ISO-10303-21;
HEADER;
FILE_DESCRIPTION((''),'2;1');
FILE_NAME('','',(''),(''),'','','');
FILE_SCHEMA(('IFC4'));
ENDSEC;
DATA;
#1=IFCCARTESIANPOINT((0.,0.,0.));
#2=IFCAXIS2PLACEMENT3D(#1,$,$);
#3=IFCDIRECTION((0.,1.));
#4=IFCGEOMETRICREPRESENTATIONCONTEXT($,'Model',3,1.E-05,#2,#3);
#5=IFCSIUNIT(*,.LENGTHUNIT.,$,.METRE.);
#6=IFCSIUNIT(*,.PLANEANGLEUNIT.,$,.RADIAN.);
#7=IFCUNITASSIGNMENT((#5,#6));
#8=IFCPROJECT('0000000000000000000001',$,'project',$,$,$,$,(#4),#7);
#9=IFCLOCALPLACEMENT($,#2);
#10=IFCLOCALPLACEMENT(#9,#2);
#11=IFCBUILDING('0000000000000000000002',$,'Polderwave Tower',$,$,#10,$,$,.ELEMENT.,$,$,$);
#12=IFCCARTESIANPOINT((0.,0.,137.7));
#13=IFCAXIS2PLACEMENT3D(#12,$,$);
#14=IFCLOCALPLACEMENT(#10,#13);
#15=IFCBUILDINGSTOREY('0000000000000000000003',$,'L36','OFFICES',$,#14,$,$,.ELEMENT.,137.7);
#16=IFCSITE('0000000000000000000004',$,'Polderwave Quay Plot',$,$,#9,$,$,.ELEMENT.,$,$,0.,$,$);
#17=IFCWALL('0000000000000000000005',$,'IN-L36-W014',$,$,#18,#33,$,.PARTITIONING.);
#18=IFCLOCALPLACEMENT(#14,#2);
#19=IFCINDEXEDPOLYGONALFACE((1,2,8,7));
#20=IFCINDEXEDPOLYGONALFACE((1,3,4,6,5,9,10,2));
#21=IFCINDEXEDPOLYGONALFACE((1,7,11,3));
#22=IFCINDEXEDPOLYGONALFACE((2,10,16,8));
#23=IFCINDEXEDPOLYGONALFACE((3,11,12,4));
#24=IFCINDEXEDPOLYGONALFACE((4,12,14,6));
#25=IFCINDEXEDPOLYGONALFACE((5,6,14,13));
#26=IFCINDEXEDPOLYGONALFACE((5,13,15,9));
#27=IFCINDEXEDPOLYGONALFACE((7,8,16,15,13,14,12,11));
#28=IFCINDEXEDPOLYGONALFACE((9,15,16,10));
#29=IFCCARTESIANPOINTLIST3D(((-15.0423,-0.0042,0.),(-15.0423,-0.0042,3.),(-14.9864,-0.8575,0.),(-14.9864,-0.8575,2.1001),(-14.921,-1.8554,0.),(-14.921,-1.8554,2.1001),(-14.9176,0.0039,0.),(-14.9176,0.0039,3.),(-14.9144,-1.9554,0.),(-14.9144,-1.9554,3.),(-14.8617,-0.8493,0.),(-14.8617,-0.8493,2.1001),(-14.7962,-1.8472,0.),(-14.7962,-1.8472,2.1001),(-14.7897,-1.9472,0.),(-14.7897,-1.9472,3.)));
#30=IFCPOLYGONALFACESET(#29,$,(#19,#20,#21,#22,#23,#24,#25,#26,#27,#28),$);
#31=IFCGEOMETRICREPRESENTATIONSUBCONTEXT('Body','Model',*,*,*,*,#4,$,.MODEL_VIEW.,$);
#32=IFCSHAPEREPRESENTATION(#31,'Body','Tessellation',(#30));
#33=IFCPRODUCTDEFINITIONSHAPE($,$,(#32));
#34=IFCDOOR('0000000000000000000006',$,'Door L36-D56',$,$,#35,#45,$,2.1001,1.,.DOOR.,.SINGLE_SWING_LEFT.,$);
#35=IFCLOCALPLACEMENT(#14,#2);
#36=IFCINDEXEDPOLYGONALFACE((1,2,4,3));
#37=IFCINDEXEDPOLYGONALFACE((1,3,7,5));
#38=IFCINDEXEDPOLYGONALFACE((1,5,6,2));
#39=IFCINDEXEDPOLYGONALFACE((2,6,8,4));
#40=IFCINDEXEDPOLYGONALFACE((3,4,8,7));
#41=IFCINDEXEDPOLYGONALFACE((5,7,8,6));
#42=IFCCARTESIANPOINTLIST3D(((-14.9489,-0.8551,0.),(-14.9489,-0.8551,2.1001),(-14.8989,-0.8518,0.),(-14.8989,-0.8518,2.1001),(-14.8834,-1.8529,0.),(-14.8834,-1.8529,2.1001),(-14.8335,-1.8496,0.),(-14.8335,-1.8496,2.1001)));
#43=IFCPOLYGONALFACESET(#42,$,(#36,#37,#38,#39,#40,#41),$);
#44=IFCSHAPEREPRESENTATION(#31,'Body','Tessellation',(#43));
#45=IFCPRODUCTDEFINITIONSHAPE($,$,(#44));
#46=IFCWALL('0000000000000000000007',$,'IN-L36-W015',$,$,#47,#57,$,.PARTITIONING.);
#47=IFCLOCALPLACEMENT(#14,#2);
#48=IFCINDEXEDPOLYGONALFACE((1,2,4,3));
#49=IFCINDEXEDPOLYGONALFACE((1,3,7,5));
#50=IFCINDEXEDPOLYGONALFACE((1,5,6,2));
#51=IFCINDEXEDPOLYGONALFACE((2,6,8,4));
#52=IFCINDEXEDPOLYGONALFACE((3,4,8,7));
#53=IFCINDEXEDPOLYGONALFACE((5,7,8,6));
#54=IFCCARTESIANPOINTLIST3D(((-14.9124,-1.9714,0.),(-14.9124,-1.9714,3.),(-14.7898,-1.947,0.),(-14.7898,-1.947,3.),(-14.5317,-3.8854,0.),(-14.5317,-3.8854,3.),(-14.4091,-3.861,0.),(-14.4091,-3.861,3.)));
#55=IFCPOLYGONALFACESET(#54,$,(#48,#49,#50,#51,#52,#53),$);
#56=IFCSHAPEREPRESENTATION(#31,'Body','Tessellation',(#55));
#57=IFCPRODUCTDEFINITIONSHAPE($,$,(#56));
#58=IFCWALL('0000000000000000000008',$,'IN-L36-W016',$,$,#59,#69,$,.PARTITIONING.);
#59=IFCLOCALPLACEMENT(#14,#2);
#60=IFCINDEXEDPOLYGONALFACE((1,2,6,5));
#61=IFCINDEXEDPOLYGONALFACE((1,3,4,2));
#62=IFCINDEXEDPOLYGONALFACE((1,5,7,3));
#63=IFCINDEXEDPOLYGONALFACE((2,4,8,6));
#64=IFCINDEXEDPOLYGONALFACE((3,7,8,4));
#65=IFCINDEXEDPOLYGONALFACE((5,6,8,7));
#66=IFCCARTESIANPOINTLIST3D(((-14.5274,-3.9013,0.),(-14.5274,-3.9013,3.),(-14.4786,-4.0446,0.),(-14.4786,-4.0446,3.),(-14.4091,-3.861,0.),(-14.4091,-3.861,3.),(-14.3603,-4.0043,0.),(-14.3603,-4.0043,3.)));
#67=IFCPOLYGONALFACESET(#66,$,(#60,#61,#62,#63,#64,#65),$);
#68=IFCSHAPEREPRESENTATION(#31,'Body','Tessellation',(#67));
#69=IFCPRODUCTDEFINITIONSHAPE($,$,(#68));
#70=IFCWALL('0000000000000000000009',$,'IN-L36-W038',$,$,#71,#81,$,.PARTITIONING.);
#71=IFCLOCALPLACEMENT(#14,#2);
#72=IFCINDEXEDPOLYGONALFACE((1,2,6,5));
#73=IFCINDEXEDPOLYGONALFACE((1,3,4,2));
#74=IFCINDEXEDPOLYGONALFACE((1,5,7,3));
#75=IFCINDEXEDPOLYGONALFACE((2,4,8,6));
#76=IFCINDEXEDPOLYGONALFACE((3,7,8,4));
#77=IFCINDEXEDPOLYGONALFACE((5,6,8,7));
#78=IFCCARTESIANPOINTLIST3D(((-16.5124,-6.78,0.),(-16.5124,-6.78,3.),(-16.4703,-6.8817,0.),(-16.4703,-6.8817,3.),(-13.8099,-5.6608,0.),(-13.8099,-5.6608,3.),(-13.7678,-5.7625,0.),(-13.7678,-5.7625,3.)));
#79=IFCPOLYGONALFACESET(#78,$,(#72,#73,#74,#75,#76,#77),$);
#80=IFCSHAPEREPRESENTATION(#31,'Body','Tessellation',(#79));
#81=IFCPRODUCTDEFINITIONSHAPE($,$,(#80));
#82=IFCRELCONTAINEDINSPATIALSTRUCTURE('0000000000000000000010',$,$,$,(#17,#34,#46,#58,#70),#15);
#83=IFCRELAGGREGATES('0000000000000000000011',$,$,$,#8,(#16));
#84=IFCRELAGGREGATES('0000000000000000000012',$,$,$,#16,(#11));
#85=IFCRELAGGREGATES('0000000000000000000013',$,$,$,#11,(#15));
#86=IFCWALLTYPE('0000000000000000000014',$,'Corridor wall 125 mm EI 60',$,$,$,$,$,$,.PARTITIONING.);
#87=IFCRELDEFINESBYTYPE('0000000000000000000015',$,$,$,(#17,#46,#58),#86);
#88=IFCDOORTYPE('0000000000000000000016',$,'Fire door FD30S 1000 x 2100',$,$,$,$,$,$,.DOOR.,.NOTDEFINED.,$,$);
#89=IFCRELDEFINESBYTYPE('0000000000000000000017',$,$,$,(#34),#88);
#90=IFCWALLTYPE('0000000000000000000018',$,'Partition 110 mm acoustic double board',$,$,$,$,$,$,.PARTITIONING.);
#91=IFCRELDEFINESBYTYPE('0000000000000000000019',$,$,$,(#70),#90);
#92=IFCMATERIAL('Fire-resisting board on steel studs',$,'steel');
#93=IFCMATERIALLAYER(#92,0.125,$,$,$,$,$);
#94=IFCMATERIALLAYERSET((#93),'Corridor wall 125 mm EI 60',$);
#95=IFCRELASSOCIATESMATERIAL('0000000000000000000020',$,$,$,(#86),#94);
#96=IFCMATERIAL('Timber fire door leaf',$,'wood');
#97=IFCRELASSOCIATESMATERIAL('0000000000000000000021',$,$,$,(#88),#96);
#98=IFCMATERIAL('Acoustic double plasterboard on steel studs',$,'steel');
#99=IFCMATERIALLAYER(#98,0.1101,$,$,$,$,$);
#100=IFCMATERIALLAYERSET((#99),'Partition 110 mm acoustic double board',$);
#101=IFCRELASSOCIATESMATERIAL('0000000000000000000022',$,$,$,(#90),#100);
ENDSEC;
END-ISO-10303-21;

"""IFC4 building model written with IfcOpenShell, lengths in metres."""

from ifc_helpers import new_model, si_unit, direction, frame, frame_2d, origin, place, context, subcontext, project, spatial, rectangle, extrude, material, layer, layer_set, type_object, element, fill, save


model = new_model("IFC4")

# Units and contexts
model_context = context("Model", 3, precision=1e-05, world=origin(), true_north=direction((0.0, 1.0)))
body_context = subcontext(model_context, "Body", "Model", "MODEL_VIEW")
ifc_project = project(units=[si_unit("LENGTHUNIT", "METRE"), si_unit("PLANEANGLEUNIT", "RADIAN")], contexts=[model_context])

# Site, building, storey
site_placement = place(None, origin())
site = spatial("IfcSite", under=ifc_project, at=site_placement, Name="Polderwave Quay Plot", CompositionType="ELEMENT", RefElevation=0.0)
building_placement = place(site_placement, origin())
building = spatial("IfcBuilding", under=site, at=building_placement, Name="Polderwave Tower", CompositionType="ELEMENT")
storey_placement = place(building_placement, frame((0.0, 0.0, 137.7)))
storey = spatial("IfcBuildingStorey", under=building, at=storey_placement, Name="L36", Description="OFFICES", CompositionType="ELEMENT", Elevation=137.7)

# Wall, opening, door
ifc_material_1 = material(Name="Fire-resisting board on steel studs", Category="steel")
ifc_layer_1 = layer(ifc_material_1, 0.125)
ifc_layer_set_1 = layer_set([ifc_layer_1], Name="Corridor wall 125 mm EI 60")
wall_type_1 = type_object("IfcWallType", Name="Corridor wall 125 mm EI 60", PredefinedType="PARTITIONING", material=ifc_layer_set_1)
wall_1_placement = place(storey_placement, frame((-14.8521, -1.9512, 0.0), z_axis=(0.0, 0.0, 1.0), x_axis=(-0.065425, 0.997857, 0.0)))
wall_1 = element("IfcWall", 1, at=wall_1_placement, inside=storey, type_object=wall_type_1, Name="IN-L36-W014", PredefinedType="PARTITIONING", context=body_context, shape_type="SweptSolid", body=[
    extrude(rectangle(XDim=1.9553, YDim=0.125, at=frame_2d((0.9775, 0.0))), origin(), (0.0, 0.0, 1.0), 3.0),
])
opening_placement = place(wall_1_placement, frame((0.1001, 0.0, 0.0)))
opening = element("IfcOpeningElement", 2, at=opening_placement, cuts=wall_1, PredefinedType="OPENING", context=body_context, shape_type="SweptSolid", body=[
    extrude(rectangle(XDim=1.0, YDim=2.1001, at=frame_2d((0.5, 1.05))), frame((0.0, 0.0725, 0.0), z_axis=(0.0, -1.0, 0.0), x_axis=(1.0, 0.0, 0.0)), (0.0, 0.0, 1.0), 0.145),
])
ifc_material_2 = material(Name="Timber fire door leaf", Category="wood")
door_type = type_object("IfcDoorType", Name="Fire door FD30S 1000 x 2100", OperationType="NOTDEFINED", PredefinedType="DOOR", material=ifc_material_2)
door_placement = place(opening_placement, origin())
door = element("IfcDoor", 3, at=door_placement, inside=storey, type_object=door_type, Name="Door L36-D56", OperationType="SINGLE_SWING_LEFT", OverallHeight=2.1001, OverallWidth=1.0, PredefinedType="DOOR", context=body_context, shape_type="SweptSolid", body=[
    extrude(rectangle(XDim=1.0, YDim=2.1001, at=frame_2d((0.5, 1.05))), frame((0.0, 0.0249, 0.0), z_axis=(0.0, -1.0, 0.0), x_axis=(1.0, 0.0, 0.0)), (0.0, 0.0, 1.0), 0.05),
])
fill(opening, door)

# Walls
wall_2_placement = place(storey_placement, frame((-14.4705, -3.873, 0.0), z_axis=(0.0, 0.0, 1.0), x_axis=(-0.195057, 0.980792, 0.0)))
element("IfcWall", 4, at=wall_2_placement, inside=storey, type_object=wall_type_1, Name="IN-L36-W015", PredefinedType="PARTITIONING", context=body_context, shape_type="SweptSolid", body=[
    extrude(rectangle(XDim=1.9514, YDim=0.125, at=frame_2d((0.9756, 0.0))), origin(), (0.0, 0.0, 1.0), 3.0),
])
wall_3_placement = place(storey_placement, frame((-14.4194, -4.0244, 0.0), z_axis=(0.0, 0.0, 1.0), x_axis=(-0.32251, 0.946566, 0.0)))
element("IfcWall", 5, at=wall_3_placement, inside=storey, type_object=wall_type_1, Name="IN-L36-W016", PredefinedType="PARTITIONING", context=body_context, shape_type="SweptSolid", body=[
    extrude(rectangle(XDim=0.1514, YDim=0.125, at=frame_2d((0.0757, 0.0))), origin(), (0.0, 0.0, 1.0), 3.0),
])
ifc_material_3 = material(Name="Acoustic double plasterboard on steel studs", Category="steel")
ifc_layer_2 = layer(ifc_material_3, 0.1101)
ifc_layer_set_2 = layer_set([ifc_layer_2], Name="Partition 110 mm acoustic double board")
wall_type_2 = type_object("IfcWallType", Name="Partition 110 mm acoustic double board", PredefinedType="PARTITIONING", material=ifc_layer_set_2)
wall_4_placement = place(storey_placement, frame((-16.4912, -6.8308, 0.0), z_axis=(0.0, 0.0, 1.0), x_axis=(0.923907, 0.382617, 0.0)))
element("IfcWall", 6, at=wall_4_placement, inside=storey, type_object=wall_type_2, Name="IN-L36-W038", PredefinedType="PARTITIONING", context=body_context, shape_type="SweptSolid", body=[
    extrude(rectangle(XDim=2.925, YDim=0.1101, at=frame_2d((1.4624, 0.0))), origin(), (0.0, 0.0, 1.0), 3.0),
])

save(model, "model.ifc")
